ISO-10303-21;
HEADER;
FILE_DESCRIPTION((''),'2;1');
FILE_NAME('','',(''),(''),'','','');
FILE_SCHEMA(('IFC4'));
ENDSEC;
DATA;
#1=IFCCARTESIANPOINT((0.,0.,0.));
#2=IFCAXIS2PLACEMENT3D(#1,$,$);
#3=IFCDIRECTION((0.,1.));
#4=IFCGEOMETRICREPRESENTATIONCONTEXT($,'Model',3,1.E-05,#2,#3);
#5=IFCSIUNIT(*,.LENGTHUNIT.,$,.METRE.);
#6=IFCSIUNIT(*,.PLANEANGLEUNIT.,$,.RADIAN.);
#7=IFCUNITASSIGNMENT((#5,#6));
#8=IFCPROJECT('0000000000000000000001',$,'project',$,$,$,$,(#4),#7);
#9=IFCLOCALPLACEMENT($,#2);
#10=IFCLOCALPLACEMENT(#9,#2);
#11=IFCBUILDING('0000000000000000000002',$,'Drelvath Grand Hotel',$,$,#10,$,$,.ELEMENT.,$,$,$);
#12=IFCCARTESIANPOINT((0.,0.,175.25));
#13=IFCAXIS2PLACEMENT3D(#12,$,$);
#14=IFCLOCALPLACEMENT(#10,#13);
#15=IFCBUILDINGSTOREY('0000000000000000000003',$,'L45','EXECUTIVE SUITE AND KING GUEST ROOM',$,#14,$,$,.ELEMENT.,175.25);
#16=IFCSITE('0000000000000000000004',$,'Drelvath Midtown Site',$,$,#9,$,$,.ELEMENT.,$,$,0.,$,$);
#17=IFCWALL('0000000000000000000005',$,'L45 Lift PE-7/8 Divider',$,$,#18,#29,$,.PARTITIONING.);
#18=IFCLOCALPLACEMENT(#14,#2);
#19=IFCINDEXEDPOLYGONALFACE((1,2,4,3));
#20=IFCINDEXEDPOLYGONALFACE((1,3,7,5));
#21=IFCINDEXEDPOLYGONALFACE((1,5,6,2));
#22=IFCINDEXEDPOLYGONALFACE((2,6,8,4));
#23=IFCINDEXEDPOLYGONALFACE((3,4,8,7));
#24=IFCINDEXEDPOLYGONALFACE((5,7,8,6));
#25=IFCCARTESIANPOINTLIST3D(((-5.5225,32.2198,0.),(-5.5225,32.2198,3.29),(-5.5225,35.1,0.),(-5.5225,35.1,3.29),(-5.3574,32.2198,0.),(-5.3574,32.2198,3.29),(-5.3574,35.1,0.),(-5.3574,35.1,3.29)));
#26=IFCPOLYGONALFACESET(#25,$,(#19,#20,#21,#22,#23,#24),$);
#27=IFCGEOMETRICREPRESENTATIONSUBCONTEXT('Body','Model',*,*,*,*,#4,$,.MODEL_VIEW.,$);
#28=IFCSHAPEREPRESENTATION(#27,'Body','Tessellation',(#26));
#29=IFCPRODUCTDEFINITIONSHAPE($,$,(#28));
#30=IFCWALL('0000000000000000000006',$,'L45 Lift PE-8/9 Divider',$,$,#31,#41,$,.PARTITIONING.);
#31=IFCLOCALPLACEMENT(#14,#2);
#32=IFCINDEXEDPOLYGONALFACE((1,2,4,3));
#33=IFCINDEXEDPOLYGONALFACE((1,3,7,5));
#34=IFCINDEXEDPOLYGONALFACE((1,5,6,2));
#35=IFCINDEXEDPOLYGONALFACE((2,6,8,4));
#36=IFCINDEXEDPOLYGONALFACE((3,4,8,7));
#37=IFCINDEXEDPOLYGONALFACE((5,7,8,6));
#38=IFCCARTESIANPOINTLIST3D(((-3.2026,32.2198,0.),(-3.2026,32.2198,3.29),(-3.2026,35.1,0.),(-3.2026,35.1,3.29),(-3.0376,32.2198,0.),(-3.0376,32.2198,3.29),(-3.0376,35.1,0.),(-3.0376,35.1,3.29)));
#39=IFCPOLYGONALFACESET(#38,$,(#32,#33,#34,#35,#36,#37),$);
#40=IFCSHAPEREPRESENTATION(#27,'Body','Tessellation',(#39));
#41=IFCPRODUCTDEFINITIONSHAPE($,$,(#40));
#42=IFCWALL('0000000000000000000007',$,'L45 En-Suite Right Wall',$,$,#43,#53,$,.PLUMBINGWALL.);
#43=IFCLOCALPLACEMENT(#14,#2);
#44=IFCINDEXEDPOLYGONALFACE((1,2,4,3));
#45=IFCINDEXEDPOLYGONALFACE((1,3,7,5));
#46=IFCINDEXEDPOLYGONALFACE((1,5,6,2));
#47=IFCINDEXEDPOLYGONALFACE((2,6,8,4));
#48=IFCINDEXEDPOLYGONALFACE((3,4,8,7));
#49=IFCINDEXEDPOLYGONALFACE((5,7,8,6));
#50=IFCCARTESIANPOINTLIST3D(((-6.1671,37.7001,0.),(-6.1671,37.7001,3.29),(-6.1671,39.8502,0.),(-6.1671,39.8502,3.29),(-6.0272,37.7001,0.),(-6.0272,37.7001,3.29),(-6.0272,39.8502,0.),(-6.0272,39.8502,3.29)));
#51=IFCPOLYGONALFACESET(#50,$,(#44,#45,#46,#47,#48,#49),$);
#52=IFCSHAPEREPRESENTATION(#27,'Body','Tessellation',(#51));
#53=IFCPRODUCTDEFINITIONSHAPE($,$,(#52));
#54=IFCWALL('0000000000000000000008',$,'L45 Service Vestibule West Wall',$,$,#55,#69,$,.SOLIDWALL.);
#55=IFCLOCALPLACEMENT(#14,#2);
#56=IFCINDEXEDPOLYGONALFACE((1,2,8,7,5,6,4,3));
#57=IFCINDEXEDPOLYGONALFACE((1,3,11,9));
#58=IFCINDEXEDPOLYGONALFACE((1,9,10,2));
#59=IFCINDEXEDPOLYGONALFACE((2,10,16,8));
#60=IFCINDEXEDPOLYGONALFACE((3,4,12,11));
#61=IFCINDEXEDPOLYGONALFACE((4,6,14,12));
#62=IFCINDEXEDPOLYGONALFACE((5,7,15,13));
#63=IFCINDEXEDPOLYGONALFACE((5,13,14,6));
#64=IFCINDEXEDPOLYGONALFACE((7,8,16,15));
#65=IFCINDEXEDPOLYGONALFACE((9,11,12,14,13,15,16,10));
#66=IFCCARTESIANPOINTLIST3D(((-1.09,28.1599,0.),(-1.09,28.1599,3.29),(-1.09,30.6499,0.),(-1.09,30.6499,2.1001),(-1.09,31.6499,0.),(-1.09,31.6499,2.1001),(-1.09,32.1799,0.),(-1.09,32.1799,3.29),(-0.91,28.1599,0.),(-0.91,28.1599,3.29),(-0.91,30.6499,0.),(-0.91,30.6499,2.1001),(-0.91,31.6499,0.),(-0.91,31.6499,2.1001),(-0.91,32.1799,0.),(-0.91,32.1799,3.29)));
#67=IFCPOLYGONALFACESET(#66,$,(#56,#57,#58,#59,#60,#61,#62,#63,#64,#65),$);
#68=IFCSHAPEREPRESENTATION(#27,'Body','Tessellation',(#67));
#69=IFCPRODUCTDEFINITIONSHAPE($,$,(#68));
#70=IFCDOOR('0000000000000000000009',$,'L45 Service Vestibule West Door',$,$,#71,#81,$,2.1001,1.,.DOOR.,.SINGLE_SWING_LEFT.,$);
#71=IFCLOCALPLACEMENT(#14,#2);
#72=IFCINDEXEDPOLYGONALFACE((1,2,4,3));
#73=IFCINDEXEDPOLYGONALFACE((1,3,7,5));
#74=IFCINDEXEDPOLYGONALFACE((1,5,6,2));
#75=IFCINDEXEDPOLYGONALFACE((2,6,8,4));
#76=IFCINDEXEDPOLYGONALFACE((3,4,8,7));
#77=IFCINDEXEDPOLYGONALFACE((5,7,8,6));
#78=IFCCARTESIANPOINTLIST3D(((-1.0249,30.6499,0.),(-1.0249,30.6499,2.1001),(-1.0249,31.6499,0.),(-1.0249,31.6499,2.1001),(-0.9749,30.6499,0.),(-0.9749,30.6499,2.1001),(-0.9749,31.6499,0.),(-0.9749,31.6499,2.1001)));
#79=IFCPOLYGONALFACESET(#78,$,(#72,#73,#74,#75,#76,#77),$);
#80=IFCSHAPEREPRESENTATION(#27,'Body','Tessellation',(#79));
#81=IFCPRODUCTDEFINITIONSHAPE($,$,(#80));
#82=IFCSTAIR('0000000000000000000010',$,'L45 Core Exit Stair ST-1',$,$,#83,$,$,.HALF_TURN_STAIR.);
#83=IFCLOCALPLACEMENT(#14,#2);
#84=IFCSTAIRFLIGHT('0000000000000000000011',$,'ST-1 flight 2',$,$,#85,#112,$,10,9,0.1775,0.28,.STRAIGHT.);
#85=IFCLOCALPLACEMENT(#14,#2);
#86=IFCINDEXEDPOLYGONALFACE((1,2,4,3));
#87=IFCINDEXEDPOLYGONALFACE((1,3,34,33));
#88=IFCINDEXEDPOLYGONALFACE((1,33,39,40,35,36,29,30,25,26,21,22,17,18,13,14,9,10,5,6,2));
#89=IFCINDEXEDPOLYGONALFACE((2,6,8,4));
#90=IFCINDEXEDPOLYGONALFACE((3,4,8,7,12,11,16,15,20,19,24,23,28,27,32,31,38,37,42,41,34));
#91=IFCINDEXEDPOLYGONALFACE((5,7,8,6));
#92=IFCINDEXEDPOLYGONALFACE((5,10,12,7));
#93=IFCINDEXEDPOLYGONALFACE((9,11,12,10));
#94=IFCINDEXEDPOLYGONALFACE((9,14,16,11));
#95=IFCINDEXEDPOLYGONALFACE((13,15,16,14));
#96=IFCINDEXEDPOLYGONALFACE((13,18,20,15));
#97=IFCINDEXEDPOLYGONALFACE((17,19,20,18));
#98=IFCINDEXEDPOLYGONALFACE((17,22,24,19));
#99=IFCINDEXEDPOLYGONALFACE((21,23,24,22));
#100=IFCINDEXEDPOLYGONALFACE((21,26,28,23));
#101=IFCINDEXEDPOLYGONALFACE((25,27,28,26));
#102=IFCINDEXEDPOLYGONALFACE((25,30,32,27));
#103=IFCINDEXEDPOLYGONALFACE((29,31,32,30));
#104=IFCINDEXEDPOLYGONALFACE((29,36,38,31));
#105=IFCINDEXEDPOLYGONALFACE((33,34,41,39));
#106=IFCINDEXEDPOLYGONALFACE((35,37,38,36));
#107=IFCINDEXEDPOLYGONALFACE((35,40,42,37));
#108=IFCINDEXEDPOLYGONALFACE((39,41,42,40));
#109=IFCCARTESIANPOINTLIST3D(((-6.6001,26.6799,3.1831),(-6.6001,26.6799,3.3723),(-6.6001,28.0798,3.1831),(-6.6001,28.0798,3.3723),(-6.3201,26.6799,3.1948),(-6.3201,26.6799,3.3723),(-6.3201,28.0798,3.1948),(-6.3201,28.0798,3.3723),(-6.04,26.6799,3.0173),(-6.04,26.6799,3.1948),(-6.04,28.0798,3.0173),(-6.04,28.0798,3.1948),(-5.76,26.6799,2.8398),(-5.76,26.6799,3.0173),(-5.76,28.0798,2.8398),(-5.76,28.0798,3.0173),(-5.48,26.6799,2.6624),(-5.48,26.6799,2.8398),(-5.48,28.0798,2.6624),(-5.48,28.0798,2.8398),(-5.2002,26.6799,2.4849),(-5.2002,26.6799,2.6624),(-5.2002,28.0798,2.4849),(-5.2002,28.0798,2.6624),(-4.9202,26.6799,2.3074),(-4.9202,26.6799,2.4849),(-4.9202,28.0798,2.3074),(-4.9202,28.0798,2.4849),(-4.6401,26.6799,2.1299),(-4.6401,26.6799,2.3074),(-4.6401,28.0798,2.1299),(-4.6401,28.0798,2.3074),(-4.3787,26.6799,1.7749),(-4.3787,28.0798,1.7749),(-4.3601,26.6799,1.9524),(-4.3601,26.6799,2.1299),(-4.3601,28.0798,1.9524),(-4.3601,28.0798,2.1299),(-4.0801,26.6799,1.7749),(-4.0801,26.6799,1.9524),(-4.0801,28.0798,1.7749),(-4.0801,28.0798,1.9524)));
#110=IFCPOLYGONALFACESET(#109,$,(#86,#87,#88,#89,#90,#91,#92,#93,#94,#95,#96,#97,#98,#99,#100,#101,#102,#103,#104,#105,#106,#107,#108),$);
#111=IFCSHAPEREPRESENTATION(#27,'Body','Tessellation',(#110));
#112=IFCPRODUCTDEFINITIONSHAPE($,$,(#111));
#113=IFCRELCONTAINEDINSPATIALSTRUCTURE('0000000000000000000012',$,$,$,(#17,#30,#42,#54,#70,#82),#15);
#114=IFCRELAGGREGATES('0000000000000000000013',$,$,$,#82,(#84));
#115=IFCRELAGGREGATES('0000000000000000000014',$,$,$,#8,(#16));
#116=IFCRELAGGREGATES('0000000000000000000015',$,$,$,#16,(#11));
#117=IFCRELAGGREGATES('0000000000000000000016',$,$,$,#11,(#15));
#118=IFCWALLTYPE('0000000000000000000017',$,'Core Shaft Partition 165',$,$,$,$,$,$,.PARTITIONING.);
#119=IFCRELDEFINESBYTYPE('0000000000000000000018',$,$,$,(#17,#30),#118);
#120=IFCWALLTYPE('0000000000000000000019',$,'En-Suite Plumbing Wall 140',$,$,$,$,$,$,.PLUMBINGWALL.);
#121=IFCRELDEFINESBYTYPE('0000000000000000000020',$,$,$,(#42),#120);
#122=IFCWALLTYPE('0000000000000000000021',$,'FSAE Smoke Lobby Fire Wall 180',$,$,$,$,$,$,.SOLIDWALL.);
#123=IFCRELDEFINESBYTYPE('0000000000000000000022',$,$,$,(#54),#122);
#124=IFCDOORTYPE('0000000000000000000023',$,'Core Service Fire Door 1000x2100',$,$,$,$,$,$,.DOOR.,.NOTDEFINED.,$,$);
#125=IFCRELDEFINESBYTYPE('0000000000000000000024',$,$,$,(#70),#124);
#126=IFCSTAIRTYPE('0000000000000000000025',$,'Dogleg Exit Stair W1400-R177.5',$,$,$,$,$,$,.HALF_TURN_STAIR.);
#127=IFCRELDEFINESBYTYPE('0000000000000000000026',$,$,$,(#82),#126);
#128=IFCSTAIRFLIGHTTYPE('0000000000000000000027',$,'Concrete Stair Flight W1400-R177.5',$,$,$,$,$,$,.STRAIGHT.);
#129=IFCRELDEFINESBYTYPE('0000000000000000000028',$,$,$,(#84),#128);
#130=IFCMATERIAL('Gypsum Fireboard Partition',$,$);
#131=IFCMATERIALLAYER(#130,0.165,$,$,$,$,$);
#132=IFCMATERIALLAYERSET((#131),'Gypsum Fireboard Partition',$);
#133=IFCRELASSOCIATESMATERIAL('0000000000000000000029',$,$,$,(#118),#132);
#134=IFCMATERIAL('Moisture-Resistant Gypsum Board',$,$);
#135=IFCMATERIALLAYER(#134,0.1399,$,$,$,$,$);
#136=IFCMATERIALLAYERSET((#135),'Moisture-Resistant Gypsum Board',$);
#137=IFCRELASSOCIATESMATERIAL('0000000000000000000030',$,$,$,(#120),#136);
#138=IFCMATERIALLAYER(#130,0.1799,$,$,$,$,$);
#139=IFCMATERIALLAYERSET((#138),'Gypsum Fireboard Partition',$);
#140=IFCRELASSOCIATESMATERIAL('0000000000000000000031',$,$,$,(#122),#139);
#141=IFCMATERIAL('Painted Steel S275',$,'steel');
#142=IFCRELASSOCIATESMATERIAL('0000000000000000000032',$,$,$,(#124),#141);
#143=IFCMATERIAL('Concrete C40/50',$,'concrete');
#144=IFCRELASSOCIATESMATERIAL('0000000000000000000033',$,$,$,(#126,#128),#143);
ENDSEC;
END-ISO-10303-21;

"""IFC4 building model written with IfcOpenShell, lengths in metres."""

from ifc_helpers import new_model, si_unit, direction, frame, frame_2d, origin, place, context, subcontext, project, spatial, polyline, rectangle, outline, extrude, material, layer, layer_set, type_object, element, fill, aggregate, save


model = new_model("IFC4")

# Units and contexts
model_context = context("Model", 3, precision=1e-05, world=origin(), true_north=direction((0.0, 1.0)))
body_context = subcontext(model_context, "Body", "Model", "MODEL_VIEW")
ifc_project = project(units=[si_unit("LENGTHUNIT", "METRE"), si_unit("PLANEANGLEUNIT", "RADIAN")], contexts=[model_context])

# Site, building, storey
site_placement = place(None, origin())
site = spatial("IfcSite", under=ifc_project, at=site_placement, Name="Drelvath Midtown Site", CompositionType="ELEMENT", RefElevation=0.0)
building_placement = place(site_placement, origin())
building = spatial("IfcBuilding", under=site, at=building_placement, Name="Drelvath Grand Hotel", CompositionType="ELEMENT")
storey_placement = place(building_placement, frame((0.0, 0.0, 175.25)))
storey = spatial("IfcBuildingStorey", under=building, at=storey_placement, Name="L45", Description="EXECUTIVE SUITE AND KING GUEST ROOM", CompositionType="ELEMENT", Elevation=175.25)

# Shared definitions
ifc_material_1 = material(Name="Painted Steel S275", Category="steel")

# Shared definitions
ifc_material_2 = material(Name="Concrete C40/50", Category="concrete")

# Walls
ifc_material_3 = material(Name="Gypsum Fireboard Partition")
ifc_layer_1 = layer(ifc_material_3, 0.165)
ifc_layer_set_1 = layer_set([ifc_layer_1], Name="Gypsum Fireboard Partition")
wall_type_1 = type_object("IfcWallType", Name="Core Shaft Partition 165", PredefinedType="PARTITIONING", material=ifc_layer_set_1)
for number, where, z_axis, x_axis, name in (
    (1, (-5.4399, 32.22, 0.0), (0.0, 0.0, 1.0), (0.0, 1.0, 0.0), "L45 Lift PE-7/8 Divider"),
    (2, (-3.1201, 32.22, 0.0), (0.0, 0.0, 1.0), (0.0, 1.0, 0.0), "L45 Lift PE-8/9 Divider"),
):
    element("IfcWall", number, at=place(storey_placement, frame(where, z_axis=z_axis, x_axis=x_axis)), inside=storey, type_object=wall_type_1, Name=name, PredefinedType="PARTITIONING", context=body_context, shape_type="SweptSolid", body=[
        extrude(rectangle(XDim=2.8801, YDim=0.165, at=frame_2d((1.4399, 0.0))), origin(), (0.0, 0.0, 1.0), 3.29),
    ])
ifc_material_4 = material(Name="Moisture-Resistant Gypsum Board")
ifc_layer_2 = layer(ifc_material_4, 0.1399)
ifc_layer_set_2 = layer_set([ifc_layer_2], Name="Moisture-Resistant Gypsum Board")
wall_type_2 = type_object("IfcWallType", Name="En-Suite Plumbing Wall 140", PredefinedType="PLUMBINGWALL", material=ifc_layer_set_2)
wall_1_placement = place(storey_placement, frame((-6.0972, 37.7, 0.0), z_axis=(0.0, 0.0, 1.0), x_axis=(0.0, 1.0, 0.0)))
element("IfcWall", 3, at=wall_1_placement, inside=storey, type_object=wall_type_2, Name="L45 En-Suite Right Wall", PredefinedType="PLUMBINGWALL", context=body_context, shape_type="SweptSolid", body=[
    extrude(rectangle(XDim=2.1501, YDim=0.1399, at=frame_2d((1.0752, 0.0))), origin(), (0.0, 0.0, 1.0), 3.29),
])

# Wall, opening, door
ifc_layer_3 = layer(ifc_material_3, 0.1799)
ifc_layer_set_3 = layer_set([ifc_layer_3], Name="Gypsum Fireboard Partition")
wall_type_3 = type_object("IfcWallType", Name="FSAE Smoke Lobby Fire Wall 180", PredefinedType="SOLIDWALL", material=ifc_layer_set_3)
wall_2_placement = place(storey_placement, frame((-1.0, 28.1599, 0.0), z_axis=(0.0, 0.0, 1.0), x_axis=(0.0, 1.0, 0.0)))
wall_2 = element("IfcWall", 4, at=wall_2_placement, inside=storey, type_object=wall_type_3, Name="L45 Service Vestibule West Wall", PredefinedType="SOLIDWALL", context=body_context, shape_type="SweptSolid", body=[
    extrude(rectangle(XDim=4.02, YDim=0.1799, at=frame_2d((2.01, 0.0))), origin(), (0.0, 0.0, 1.0), 3.29),
])
opening_1_placement = place(wall_2_placement, frame((2.49, 0.0, 0.0)))
opening_1 = element("IfcOpeningElement", 5, at=opening_1_placement, cuts=wall_2, PredefinedType="OPENING", context=body_context, shape_type="SweptSolid", body=[
    extrude(rectangle(XDim=1.0, YDim=2.1001, at=frame_2d((0.5, 1.05))), frame((0.0, 0.0999, 0.0), z_axis=(0.0, -1.0, 0.0), x_axis=(1.0, 0.0, 0.0)), (0.0, 0.0, 1.0), 0.2),
])
door_type_1 = type_object("IfcDoorType", Name="Core Service Fire Door 1000x2100", OperationType="NOTDEFINED", PredefinedType="DOOR", material=ifc_material_1)
door_1_placement = place(opening_1_placement, origin())
door_1 = element("IfcDoor", 6, at=door_1_placement, inside=storey, type_object=door_type_1, Name="L45 Service Vestibule West Door", OperationType="SINGLE_SWING_LEFT", OverallHeight=2.1001, OverallWidth=1.0, PredefinedType="DOOR", context=body_context, shape_type="SweptSolid", body=[
    extrude(rectangle(XDim=1.0, YDim=2.1001, at=frame_2d((0.5, 1.05))), frame((0.0, 0.0249, 0.0), z_axis=(0.0, -1.0, 0.0), x_axis=(1.0, 0.0, 0.0)), (0.0, 0.0, 1.0), 0.05),
])
fill(opening_1, door_1)

# Stair, stair flight
stair_type = type_object("IfcStairType", Name="Dogleg Exit Stair W1400-R177.5", PredefinedType="HALF_TURN_STAIR", material=ifc_material_2)
stair_placement = place(storey_placement, origin())
stair = element("IfcStair", 7, at=stair_placement, inside=storey, type_object=stair_type, Name="L45 Core Exit Stair ST-1", PredefinedType="HALF_TURN_STAIR")
stair_flight_type = type_object("IfcStairFlightType", Name="Concrete Stair Flight W1400-R177.5", PredefinedType="STRAIGHT", material=ifc_material_2)
stair_flight_placement = place(storey_placement, frame((-4.0801, 27.3799, 1.7749), z_axis=(0.0, 0.0, 1.0), x_axis=(-1.0, 0.0, 0.0)))
stair_flight = element("IfcStairFlight", 8, at=stair_flight_placement, type_object=stair_flight_type, Name="ST-1 flight 2", NumberOfRisers=10, NumberOfTreads=9, PredefinedType="STRAIGHT", RiserHeight=0.1775, TreadLength=0.28, context=body_context, shape_type="SweptSolid", body=[
    extrude(outline(polyline([(0.0, 0.0), (0.0, 0.1775), (0.28, 0.1775), (0.28, 0.355), (0.5601, 0.355), (0.5601, 0.5325), (0.8401, 0.5325), (0.8401, 0.71), (1.1201, 0.71), (1.1201, 0.8875), (1.3999, 0.8875), (1.3999, 1.0649), (1.6799, 1.0649), (1.6799, 1.2424), (1.96, 1.2424), (1.96, 1.4199), (2.24, 1.4199), (2.24, 1.5974), (2.52, 1.5974), (2.52, 1.7749), (2.52, 1.4082), (0.2986, 0.0), (0.0, 0.0)])), frame((0.0, 0.7, 0.0), z_axis=(0.0, -1.0, 0.0), x_axis=(1.0, 0.0, 0.0)), (0.0, 0.0, 1.0), 1.3999),
])
aggregate(stair, [stair_flight])

save(model, "model.ifc")
